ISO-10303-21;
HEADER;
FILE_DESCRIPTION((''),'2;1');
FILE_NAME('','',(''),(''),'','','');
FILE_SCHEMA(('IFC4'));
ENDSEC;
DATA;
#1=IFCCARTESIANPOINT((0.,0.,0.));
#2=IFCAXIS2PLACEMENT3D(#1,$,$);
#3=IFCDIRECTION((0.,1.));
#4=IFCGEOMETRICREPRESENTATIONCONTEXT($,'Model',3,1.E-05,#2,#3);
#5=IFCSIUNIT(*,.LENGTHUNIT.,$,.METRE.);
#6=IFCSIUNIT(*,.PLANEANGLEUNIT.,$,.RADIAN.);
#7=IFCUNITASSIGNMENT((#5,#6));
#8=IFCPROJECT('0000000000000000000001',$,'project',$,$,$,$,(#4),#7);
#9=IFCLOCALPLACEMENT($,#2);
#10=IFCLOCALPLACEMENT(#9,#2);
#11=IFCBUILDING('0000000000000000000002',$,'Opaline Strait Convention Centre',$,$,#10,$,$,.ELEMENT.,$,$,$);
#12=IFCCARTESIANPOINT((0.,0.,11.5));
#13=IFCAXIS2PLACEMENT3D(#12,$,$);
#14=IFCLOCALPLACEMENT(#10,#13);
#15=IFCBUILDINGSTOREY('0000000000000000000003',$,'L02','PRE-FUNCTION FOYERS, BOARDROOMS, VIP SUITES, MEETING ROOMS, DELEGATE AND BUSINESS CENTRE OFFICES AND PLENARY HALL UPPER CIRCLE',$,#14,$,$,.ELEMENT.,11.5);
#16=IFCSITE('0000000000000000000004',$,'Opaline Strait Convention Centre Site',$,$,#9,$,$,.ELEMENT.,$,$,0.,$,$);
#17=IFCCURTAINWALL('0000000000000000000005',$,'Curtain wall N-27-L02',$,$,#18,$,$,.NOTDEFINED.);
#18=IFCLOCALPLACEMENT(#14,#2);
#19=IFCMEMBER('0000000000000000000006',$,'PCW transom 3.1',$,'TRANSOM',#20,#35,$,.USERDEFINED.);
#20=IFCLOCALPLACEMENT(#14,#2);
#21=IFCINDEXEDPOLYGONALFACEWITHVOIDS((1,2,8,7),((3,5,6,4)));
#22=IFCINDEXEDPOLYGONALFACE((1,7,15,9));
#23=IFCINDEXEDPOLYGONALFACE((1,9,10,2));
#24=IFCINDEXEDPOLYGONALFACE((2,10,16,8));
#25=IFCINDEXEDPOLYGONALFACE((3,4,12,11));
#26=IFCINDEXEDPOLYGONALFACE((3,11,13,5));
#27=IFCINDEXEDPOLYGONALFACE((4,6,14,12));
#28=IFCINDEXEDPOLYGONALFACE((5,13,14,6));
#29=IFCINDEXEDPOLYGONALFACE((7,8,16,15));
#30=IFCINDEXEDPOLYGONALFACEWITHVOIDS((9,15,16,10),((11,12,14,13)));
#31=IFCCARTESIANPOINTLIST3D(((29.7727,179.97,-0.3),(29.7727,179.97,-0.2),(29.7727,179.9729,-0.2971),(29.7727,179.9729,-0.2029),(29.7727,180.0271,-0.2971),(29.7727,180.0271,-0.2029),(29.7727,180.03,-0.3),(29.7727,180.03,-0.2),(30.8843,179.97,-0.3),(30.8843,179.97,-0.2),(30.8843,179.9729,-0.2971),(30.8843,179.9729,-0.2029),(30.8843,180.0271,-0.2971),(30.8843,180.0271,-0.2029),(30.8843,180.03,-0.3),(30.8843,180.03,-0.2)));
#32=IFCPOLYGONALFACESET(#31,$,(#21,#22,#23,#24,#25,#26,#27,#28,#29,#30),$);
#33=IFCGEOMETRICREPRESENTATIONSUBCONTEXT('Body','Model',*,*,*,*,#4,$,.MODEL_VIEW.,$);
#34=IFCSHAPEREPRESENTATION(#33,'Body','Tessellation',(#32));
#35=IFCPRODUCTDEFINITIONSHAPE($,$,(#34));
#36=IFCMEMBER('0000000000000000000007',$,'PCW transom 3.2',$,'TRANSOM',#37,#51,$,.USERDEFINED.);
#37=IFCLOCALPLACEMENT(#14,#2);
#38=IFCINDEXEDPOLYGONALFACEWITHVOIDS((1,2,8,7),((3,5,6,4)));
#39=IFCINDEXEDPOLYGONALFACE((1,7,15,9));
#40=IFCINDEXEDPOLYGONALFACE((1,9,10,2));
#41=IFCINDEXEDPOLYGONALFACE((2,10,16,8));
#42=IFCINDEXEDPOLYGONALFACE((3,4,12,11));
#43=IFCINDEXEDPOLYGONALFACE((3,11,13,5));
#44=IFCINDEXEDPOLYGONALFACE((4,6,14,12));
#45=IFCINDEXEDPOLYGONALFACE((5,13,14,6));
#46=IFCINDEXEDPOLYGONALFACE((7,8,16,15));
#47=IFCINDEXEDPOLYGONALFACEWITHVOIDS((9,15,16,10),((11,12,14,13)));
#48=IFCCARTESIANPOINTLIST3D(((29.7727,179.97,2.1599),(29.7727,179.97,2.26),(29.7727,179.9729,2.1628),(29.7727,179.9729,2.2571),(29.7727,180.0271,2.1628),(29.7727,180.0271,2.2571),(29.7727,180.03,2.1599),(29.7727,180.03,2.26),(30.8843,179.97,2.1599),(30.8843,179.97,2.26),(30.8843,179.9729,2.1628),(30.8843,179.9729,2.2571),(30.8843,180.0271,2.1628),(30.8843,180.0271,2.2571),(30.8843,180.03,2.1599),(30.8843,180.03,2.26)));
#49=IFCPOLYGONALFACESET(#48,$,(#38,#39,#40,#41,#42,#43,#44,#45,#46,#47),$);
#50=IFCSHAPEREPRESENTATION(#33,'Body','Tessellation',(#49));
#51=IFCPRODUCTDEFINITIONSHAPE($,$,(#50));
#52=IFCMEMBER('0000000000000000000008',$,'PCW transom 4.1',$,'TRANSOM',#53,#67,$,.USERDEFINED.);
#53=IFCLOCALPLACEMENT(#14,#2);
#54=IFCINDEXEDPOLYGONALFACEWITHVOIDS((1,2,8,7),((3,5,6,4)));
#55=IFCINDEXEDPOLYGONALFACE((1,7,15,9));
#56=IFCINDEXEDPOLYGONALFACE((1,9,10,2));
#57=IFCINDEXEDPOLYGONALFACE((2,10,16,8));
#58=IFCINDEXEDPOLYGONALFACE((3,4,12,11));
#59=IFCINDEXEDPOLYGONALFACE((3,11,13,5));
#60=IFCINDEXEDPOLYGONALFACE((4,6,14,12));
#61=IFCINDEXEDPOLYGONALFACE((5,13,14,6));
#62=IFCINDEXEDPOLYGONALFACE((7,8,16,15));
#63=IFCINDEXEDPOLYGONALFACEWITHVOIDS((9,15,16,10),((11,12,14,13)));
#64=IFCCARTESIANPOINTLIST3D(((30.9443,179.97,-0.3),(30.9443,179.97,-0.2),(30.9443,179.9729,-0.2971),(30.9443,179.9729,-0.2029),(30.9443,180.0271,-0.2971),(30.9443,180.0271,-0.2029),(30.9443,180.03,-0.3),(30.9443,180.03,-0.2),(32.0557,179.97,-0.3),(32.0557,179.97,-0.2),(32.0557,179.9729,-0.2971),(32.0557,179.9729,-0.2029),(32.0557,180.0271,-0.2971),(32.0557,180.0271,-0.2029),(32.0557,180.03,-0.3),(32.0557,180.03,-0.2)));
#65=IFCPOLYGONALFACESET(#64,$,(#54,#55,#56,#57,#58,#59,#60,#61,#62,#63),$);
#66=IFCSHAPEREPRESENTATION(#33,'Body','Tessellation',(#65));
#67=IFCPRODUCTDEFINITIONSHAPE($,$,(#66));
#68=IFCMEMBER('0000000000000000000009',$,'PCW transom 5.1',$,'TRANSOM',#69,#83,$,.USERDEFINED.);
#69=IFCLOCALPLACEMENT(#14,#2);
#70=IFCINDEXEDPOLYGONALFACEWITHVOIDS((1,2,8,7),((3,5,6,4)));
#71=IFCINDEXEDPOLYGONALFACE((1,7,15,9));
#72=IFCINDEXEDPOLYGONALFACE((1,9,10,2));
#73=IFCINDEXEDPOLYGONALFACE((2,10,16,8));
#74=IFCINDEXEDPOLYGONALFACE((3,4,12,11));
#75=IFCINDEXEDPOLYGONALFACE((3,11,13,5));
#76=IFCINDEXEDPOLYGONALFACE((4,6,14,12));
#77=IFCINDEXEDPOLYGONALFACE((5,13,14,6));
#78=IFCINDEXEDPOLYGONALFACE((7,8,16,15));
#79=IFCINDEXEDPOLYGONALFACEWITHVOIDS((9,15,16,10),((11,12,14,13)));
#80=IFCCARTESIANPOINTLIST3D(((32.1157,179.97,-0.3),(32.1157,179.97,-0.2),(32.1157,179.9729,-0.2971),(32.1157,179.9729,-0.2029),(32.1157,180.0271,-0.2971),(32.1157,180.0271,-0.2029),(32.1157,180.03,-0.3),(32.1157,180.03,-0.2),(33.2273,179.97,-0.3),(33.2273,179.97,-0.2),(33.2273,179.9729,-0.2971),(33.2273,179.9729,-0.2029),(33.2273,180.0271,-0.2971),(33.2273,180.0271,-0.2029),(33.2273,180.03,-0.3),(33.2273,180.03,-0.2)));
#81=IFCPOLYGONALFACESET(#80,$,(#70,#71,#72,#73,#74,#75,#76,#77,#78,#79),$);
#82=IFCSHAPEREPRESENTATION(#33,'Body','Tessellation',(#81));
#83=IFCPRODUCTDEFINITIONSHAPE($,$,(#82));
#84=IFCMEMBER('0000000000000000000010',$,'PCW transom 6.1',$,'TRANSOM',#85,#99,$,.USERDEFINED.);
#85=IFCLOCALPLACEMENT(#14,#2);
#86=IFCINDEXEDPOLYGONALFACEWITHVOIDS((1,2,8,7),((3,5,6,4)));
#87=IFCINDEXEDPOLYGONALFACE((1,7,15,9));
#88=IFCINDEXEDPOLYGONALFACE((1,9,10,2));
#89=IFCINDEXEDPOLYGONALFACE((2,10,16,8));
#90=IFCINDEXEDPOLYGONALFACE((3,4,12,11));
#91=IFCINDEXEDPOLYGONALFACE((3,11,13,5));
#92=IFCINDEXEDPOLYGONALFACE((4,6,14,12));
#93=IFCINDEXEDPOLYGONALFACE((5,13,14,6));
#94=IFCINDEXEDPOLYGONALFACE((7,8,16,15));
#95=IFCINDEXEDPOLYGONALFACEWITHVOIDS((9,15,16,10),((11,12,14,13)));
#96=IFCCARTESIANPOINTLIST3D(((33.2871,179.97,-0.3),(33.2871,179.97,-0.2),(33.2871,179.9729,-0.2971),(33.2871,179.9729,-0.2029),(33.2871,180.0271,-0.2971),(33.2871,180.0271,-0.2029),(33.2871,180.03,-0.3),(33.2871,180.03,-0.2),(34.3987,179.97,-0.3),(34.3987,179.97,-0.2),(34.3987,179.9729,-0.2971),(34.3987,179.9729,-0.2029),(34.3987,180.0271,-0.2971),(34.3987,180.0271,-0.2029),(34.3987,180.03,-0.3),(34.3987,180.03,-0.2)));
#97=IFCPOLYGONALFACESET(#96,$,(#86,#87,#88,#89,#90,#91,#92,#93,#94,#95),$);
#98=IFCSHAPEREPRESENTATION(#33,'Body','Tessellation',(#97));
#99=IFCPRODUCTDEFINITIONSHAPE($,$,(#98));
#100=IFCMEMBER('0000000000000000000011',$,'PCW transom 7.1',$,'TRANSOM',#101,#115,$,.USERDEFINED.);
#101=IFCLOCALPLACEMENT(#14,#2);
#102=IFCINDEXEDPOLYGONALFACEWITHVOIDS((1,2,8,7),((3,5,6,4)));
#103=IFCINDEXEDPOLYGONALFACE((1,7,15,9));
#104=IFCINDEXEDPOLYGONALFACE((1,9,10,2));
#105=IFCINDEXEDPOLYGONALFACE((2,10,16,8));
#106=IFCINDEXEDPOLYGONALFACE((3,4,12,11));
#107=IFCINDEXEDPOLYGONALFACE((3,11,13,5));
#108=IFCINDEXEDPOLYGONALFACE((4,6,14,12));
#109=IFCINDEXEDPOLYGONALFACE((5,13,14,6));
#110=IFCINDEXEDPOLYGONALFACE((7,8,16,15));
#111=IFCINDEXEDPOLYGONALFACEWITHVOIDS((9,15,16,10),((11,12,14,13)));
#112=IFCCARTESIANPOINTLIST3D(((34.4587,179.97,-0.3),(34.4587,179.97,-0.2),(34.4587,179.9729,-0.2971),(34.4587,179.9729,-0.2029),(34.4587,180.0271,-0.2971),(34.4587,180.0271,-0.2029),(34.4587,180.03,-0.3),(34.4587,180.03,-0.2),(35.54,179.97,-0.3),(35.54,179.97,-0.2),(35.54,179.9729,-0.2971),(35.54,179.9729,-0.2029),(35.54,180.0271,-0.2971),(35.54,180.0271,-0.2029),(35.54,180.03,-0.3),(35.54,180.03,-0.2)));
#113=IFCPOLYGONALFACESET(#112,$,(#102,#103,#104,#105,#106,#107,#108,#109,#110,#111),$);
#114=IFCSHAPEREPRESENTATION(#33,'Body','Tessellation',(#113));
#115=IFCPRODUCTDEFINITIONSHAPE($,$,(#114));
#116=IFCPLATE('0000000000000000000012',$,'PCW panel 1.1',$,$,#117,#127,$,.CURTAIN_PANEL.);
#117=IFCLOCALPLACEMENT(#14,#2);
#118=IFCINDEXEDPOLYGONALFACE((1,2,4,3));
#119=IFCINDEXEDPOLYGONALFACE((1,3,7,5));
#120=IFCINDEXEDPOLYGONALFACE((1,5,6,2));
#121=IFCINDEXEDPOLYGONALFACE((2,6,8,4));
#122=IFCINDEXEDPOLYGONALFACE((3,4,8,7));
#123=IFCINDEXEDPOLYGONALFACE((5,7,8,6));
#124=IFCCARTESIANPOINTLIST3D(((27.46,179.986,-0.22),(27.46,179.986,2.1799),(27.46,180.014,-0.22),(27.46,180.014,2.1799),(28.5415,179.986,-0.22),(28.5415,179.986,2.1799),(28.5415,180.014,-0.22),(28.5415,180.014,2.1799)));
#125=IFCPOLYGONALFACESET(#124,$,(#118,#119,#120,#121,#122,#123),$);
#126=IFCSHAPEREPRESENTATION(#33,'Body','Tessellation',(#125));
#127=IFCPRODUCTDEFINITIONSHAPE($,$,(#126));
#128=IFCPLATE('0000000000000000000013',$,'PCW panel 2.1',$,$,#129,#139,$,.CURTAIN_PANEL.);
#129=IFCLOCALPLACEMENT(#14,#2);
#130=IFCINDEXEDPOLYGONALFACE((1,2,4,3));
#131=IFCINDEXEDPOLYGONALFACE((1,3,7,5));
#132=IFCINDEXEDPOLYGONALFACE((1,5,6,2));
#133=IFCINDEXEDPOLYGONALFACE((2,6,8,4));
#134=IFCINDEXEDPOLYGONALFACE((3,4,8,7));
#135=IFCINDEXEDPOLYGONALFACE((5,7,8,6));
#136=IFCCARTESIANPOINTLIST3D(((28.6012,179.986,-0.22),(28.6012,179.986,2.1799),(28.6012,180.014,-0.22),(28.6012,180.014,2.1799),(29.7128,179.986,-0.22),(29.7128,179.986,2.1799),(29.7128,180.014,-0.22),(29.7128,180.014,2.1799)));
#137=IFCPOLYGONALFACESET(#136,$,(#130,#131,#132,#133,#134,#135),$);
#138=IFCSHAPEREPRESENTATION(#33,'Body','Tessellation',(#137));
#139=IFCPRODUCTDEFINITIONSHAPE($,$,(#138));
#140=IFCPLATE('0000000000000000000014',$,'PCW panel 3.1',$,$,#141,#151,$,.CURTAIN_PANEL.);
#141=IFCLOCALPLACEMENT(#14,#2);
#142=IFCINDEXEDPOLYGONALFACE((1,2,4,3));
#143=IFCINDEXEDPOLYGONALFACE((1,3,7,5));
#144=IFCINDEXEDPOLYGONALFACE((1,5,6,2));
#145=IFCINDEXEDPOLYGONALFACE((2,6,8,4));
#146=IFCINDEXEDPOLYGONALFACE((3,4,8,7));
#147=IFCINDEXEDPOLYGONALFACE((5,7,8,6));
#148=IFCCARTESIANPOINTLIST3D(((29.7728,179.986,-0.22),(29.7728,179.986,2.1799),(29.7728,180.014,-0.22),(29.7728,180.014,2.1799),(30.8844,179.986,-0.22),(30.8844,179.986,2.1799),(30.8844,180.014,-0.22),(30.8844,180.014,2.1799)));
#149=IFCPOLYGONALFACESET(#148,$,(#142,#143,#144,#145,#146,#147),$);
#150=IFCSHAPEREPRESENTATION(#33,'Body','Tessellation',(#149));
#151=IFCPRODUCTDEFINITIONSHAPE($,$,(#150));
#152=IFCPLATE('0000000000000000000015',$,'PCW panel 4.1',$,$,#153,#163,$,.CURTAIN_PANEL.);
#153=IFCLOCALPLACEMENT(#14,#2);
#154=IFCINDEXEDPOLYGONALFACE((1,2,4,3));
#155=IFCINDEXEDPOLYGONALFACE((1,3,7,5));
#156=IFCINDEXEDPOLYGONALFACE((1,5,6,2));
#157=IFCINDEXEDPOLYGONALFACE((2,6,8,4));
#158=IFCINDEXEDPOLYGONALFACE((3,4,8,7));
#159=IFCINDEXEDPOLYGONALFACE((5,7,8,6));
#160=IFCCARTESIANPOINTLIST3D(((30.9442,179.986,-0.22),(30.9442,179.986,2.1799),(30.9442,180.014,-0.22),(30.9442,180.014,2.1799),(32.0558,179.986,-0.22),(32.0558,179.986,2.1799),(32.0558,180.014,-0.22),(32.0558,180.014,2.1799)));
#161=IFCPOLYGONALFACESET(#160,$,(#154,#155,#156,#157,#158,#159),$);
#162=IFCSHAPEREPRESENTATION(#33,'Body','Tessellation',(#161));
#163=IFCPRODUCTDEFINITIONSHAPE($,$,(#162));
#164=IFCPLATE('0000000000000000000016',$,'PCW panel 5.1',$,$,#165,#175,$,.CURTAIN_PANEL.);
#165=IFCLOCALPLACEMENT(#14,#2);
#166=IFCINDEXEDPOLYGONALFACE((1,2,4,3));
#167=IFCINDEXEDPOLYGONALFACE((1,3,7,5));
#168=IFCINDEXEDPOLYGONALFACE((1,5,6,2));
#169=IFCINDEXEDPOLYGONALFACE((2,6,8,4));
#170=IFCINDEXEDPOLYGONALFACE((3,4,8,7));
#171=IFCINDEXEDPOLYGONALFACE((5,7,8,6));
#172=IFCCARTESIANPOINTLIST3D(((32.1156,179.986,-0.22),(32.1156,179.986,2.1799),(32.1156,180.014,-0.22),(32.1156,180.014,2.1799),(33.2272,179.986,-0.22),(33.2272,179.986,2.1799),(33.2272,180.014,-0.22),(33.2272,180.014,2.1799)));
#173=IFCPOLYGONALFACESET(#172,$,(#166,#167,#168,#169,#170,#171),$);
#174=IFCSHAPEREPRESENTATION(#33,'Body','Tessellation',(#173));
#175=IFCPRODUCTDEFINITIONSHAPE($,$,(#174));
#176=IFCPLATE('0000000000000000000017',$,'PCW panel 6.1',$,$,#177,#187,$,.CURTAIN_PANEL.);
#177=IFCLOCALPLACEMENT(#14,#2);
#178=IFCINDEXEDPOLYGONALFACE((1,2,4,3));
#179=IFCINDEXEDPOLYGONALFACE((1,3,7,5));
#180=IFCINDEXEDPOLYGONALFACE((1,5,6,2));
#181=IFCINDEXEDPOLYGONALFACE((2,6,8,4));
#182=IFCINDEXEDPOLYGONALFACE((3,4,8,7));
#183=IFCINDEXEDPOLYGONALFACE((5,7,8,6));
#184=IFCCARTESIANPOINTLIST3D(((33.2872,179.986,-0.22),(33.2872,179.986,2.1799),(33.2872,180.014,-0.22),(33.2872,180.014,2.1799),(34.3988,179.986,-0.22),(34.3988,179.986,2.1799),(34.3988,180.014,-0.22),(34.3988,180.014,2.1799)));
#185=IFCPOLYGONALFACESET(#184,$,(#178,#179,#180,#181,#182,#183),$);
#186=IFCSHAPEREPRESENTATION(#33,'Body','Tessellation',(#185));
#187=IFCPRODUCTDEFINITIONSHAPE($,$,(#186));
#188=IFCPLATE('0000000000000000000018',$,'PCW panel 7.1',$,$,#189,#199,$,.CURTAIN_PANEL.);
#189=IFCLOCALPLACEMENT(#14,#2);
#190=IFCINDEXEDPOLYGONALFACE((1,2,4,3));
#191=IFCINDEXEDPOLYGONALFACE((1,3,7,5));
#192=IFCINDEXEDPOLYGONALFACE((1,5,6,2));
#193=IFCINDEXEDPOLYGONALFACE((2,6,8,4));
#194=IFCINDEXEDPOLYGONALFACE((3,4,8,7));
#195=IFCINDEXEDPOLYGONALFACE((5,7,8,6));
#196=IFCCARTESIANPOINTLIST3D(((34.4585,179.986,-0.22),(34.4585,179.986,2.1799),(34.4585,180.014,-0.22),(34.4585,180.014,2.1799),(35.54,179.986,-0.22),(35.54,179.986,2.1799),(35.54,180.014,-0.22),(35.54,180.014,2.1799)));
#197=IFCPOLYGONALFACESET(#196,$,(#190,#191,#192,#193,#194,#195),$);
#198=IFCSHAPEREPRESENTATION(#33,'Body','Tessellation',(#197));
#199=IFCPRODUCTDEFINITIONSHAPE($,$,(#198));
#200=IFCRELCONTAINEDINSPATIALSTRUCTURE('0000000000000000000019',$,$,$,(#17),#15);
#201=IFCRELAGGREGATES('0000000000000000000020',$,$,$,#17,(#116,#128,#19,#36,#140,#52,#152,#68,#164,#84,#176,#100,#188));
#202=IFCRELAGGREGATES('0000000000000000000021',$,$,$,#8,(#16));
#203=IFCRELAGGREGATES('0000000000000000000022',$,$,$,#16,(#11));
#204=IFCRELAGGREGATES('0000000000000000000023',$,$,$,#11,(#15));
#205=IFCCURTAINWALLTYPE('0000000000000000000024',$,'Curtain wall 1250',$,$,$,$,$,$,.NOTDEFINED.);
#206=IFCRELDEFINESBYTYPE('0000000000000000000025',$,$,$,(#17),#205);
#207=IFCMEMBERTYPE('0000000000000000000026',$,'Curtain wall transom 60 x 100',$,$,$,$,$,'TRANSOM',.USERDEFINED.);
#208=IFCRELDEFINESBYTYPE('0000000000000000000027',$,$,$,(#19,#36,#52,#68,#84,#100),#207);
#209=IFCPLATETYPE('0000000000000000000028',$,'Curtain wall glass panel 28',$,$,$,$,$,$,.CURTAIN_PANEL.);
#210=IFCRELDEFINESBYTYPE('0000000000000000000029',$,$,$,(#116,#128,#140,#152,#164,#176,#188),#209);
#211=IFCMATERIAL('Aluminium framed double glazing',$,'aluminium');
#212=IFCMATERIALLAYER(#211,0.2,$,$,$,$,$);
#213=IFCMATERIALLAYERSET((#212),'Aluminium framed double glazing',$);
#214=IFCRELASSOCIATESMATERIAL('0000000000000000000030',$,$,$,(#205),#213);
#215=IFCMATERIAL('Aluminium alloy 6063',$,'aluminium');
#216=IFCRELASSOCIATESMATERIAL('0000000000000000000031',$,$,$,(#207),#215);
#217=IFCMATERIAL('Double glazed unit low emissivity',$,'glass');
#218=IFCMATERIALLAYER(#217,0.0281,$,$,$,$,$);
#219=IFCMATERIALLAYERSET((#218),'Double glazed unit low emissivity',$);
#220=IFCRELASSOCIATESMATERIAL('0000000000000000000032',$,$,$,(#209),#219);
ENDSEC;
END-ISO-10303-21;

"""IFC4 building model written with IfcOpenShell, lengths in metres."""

from ifc_helpers import new_model, si_unit, direction, frame, origin, origin_2d, place, context, subcontext, project, spatial, rectangle, hollow_rectangle, extrude, material, layer, layer_set, material_profile, profile_set, type_object, element, aggregate, save


model = new_model("IFC4")

# Units and contexts
model_context = context("Model", 3, precision=1e-05, world=origin(), true_north=direction((0.0, 1.0)))
body_context = subcontext(model_context, "Body", "Model", "MODEL_VIEW")
ifc_project = project(units=[si_unit("LENGTHUNIT", "METRE"), si_unit("PLANEANGLEUNIT", "RADIAN")], contexts=[model_context])

# Site, building, storey
site_placement = place(None, origin())
site = spatial("IfcSite", under=ifc_project, at=site_placement, Name="Opaline Strait Convention Centre Site", CompositionType="ELEMENT", RefElevation=0.0)
building_placement = place(site_placement, origin())
building = spatial("IfcBuilding", under=site, at=building_placement, Name="Opaline Strait Convention Centre", CompositionType="ELEMENT")
storey_placement = place(building_placement, frame((0.0, 0.0, 11.5)))
storey = spatial("IfcBuildingStorey", under=building, at=storey_placement, Name="L02", Description="PRE-FUNCTION FOYERS, BOARDROOMS, VIP SUITES, MEETING ROOMS, DELEGATE AND BUSINESS CENTRE OFFICES AND PLENARY HALL UPPER CIRCLE", CompositionType="ELEMENT", Elevation=11.5)

# Curtain wall, members, plates
ifc_material_1 = material(Name="Aluminium framed double glazing", Category="aluminium")
ifc_layer_1 = layer(ifc_material_1, 0.2)
ifc_layer_set_1 = layer_set([ifc_layer_1], Name="Aluminium framed double glazing")
curtain_wall_type = type_object("IfcCurtainWallType", Name="Curtain wall 1250", PredefinedType="NOTDEFINED", material=ifc_layer_set_1)
curtain_wall_placement = place(storey_placement, origin())
curtain_wall = element("IfcCurtainWall", 1, at=curtain_wall_placement, inside=storey, type_object=curtain_wall_type, Name="Curtain wall N-27-L02", PredefinedType="NOTDEFINED")
ifc_material_2 = material(Name="Aluminium alloy 6063", Category="aluminium")
ifc_material_profile_1 = material_profile(ifc_material_2, hollow_rectangle(XDim=0.0601, YDim=0.1001, WallThickness=0.0029, at=origin_2d()), Name="TRANSOM 60x100x3")
ifc_profile_set_1 = profile_set([ifc_material_profile_1], Name="Aluminium alloy 6063")
member_type_1 = type_object("IfcMemberType", Name="Curtain wall transom 60 x 100", ElementType="TRANSOM", PredefinedType="USERDEFINED", material=ifc_profile_set_1)
member_1_placement = place(storey_placement, frame((29.7727, 180.0, -0.25), z_axis=(1.0, 0.0, 0.0), x_axis=(0.0, 1.0, 0.0)))
member_1 = element("IfcMember", 2, at=member_1_placement, type_object=member_type_1, Name="PCW transom 3.1", ObjectType="TRANSOM", PredefinedType="USERDEFINED", context=body_context, shape_type="SweptSolid", body=[
    extrude(hollow_rectangle(XDim=0.0601, YDim=0.1001, WallThickness=0.0029, at=origin_2d()), origin(), (0.0, 0.0, 1.0), 1.1116),
])
member_2_placement = place(storey_placement, frame((29.7727, 180.0, 2.21), z_axis=(1.0, 0.0, 0.0), x_axis=(0.0, 1.0, 0.0)))
member_2 = element("IfcMember", 3, at=member_2_placement, type_object=member_type_1, Name="PCW transom 3.2", ObjectType="TRANSOM", PredefinedType="USERDEFINED", context=body_context, shape_type="SweptSolid", body=[
    extrude(hollow_rectangle(XDim=0.0601, YDim=0.1001, WallThickness=0.0029, at=origin_2d()), origin(), (0.0, 0.0, 1.0), 1.1116),
])
member_3_placement = place(storey_placement, frame((30.9443, 180.0, -0.25), z_axis=(1.0, 0.0, 0.0), x_axis=(0.0, 1.0, 0.0)))
member_3 = element("IfcMember", 4, at=member_3_placement, type_object=member_type_1, Name="PCW transom 4.1", ObjectType="TRANSOM", PredefinedType="USERDEFINED", context=body_context, shape_type="SweptSolid", body=[
    extrude(hollow_rectangle(XDim=0.0601, YDim=0.1001, WallThickness=0.0029, at=origin_2d()), origin(), (0.0, 0.0, 1.0), 1.1113),
])
member_4_placement = place(storey_placement, frame((32.1157, 180.0, -0.25), z_axis=(1.0, 0.0, 0.0), x_axis=(0.0, 1.0, 0.0)))
member_4 = element("IfcMember", 5, at=member_4_placement, type_object=member_type_1, Name="PCW transom 5.1", ObjectType="TRANSOM", PredefinedType="USERDEFINED", context=body_context, shape_type="SweptSolid", body=[
    extrude(hollow_rectangle(XDim=0.0601, YDim=0.1001, WallThickness=0.0029, at=origin_2d()), origin(), (0.0, 0.0, 1.0), 1.1116),
])
member_5_placement = place(storey_placement, frame((33.2871, 180.0, -0.25), z_axis=(1.0, 0.0, 0.0), x_axis=(0.0, 1.0, 0.0)))
member_5 = element("IfcMember", 6, at=member_5_placement, type_object=member_type_1, Name="PCW transom 6.1", ObjectType="TRANSOM", PredefinedType="USERDEFINED", context=body_context, shape_type="SweptSolid", body=[
    extrude(hollow_rectangle(XDim=0.0601, YDim=0.1001, WallThickness=0.0029, at=origin_2d()), origin(), (0.0, 0.0, 1.0), 1.1116),
])
member_6_placement = place(storey_placement, frame((34.4587, 180.0, -0.25), z_axis=(1.0, 0.0, 0.0), x_axis=(0.0, 1.0, 0.0)))
member_6 = element("IfcMember", 7, at=member_6_placement, type_object=member_type_1, Name="PCW transom 7.1", ObjectType="TRANSOM", PredefinedType="USERDEFINED", context=body_context, shape_type="SweptSolid", body=[
    extrude(hollow_rectangle(XDim=0.0601, YDim=0.1001, WallThickness=0.0029, at=origin_2d()), origin(), (0.0, 0.0, 1.0), 1.0813),
])
ifc_material_3 = material(Name="Double glazed unit low emissivity", Category="glass")
ifc_layer_2 = layer(ifc_material_3, 0.0281)
ifc_layer_set_2 = layer_set([ifc_layer_2], Name="Double glazed unit low emissivity")
plate_type = type_object("IfcPlateType", Name="Curtain wall glass panel 28", PredefinedType="CURTAIN_PANEL", material=ifc_layer_set_2)
plate_1_placement = place(storey_placement, frame((28.0007, 180.0, -0.22), z_axis=(0.0, 0.0, 1.0), x_axis=(1.0, 0.0, 0.0)))
plate_1 = element("IfcPlate", 8, at=plate_1_placement, type_object=plate_type, Name="PCW panel 1.1", PredefinedType="CURTAIN_PANEL", context=body_context, shape_type="SweptSolid", body=[
    extrude(rectangle(XDim=1.0815, YDim=0.0281, at=origin_2d()), origin(), (0.0, 0.0, 1.0), 2.3999),
])
plate_2_placement = place(storey_placement, frame((29.157, 180.0, -0.22), z_axis=(0.0, 0.0, 1.0), x_axis=(1.0, 0.0, 0.0)))
plate_2 = element("IfcPlate", 9, at=plate_2_placement, type_object=plate_type, Name="PCW panel 2.1", PredefinedType="CURTAIN_PANEL", context=body_context, shape_type="SweptSolid", body=[
    extrude(rectangle(XDim=1.1116, YDim=0.0281, at=origin_2d()), origin(), (0.0, 0.0, 1.0), 2.3999),
])
plate_3_placement = place(storey_placement, frame((30.3286, 180.0, -0.22), z_axis=(0.0, 0.0, 1.0), x_axis=(1.0, 0.0, 0.0)))
plate_3 = element("IfcPlate", 10, at=plate_3_placement, type_object=plate_type, Name="PCW panel 3.1", PredefinedType="CURTAIN_PANEL", context=body_context, shape_type="SweptSolid", body=[
    extrude(rectangle(XDim=1.1116, YDim=0.0281, at=origin_2d()), origin(), (0.0, 0.0, 1.0), 2.3999),
])
plate_4_placement = place(storey_placement, frame((31.5, 180.0, -0.22), z_axis=(0.0, 0.0, 1.0), x_axis=(1.0, 0.0, 0.0)))
plate_4 = element("IfcPlate", 11, at=plate_4_placement, type_object=plate_type, Name="PCW panel 4.1", PredefinedType="CURTAIN_PANEL", context=body_context, shape_type="SweptSolid", body=[
    extrude(rectangle(XDim=1.1116, YDim=0.0281, at=origin_2d()), origin(), (0.0, 0.0, 1.0), 2.3999),
])
plate_5_placement = place(storey_placement, frame((32.6714, 180.0, -0.22), z_axis=(0.0, 0.0, 1.0), x_axis=(1.0, 0.0, 0.0)))
plate_5 = element("IfcPlate", 12, at=plate_5_placement, type_object=plate_type, Name="PCW panel 5.1", PredefinedType="CURTAIN_PANEL", context=body_context, shape_type="SweptSolid", body=[
    extrude(rectangle(XDim=1.1116, YDim=0.0281, at=origin_2d()), origin(), (0.0, 0.0, 1.0), 2.3999),
])
plate_6_placement = place(storey_placement, frame((33.843, 180.0, -0.22), z_axis=(0.0, 0.0, 1.0), x_axis=(1.0, 0.0, 0.0)))
plate_6 = element("IfcPlate", 13, at=plate_6_placement, type_object=plate_type, Name="PCW panel 6.1", PredefinedType="CURTAIN_PANEL", context=body_context, shape_type="SweptSolid", body=[
    extrude(rectangle(XDim=1.1116, YDim=0.0281, at=origin_2d()), origin(), (0.0, 0.0, 1.0), 2.3999),
])
plate_7_placement = place(storey_placement, frame((34.9993, 180.0, -0.22), z_axis=(0.0, 0.0, 1.0), x_axis=(1.0, 0.0, 0.0)))
plate_7 = element("IfcPlate", 14, at=plate_7_placement, type_object=plate_type, Name="PCW panel 7.1", PredefinedType="CURTAIN_PANEL", context=body_context, shape_type="SweptSolid", body=[
    extrude(rectangle(XDim=1.0815, YDim=0.0281, at=origin_2d()), origin(), (0.0, 0.0, 1.0), 2.3999),
])
aggregate(curtain_wall, [plate_1, plate_2, member_1, member_2, plate_3, member_3, plate_4, member_4, plate_5, member_5, plate_6, member_6, plate_7])

save(model, "model.ifc")
